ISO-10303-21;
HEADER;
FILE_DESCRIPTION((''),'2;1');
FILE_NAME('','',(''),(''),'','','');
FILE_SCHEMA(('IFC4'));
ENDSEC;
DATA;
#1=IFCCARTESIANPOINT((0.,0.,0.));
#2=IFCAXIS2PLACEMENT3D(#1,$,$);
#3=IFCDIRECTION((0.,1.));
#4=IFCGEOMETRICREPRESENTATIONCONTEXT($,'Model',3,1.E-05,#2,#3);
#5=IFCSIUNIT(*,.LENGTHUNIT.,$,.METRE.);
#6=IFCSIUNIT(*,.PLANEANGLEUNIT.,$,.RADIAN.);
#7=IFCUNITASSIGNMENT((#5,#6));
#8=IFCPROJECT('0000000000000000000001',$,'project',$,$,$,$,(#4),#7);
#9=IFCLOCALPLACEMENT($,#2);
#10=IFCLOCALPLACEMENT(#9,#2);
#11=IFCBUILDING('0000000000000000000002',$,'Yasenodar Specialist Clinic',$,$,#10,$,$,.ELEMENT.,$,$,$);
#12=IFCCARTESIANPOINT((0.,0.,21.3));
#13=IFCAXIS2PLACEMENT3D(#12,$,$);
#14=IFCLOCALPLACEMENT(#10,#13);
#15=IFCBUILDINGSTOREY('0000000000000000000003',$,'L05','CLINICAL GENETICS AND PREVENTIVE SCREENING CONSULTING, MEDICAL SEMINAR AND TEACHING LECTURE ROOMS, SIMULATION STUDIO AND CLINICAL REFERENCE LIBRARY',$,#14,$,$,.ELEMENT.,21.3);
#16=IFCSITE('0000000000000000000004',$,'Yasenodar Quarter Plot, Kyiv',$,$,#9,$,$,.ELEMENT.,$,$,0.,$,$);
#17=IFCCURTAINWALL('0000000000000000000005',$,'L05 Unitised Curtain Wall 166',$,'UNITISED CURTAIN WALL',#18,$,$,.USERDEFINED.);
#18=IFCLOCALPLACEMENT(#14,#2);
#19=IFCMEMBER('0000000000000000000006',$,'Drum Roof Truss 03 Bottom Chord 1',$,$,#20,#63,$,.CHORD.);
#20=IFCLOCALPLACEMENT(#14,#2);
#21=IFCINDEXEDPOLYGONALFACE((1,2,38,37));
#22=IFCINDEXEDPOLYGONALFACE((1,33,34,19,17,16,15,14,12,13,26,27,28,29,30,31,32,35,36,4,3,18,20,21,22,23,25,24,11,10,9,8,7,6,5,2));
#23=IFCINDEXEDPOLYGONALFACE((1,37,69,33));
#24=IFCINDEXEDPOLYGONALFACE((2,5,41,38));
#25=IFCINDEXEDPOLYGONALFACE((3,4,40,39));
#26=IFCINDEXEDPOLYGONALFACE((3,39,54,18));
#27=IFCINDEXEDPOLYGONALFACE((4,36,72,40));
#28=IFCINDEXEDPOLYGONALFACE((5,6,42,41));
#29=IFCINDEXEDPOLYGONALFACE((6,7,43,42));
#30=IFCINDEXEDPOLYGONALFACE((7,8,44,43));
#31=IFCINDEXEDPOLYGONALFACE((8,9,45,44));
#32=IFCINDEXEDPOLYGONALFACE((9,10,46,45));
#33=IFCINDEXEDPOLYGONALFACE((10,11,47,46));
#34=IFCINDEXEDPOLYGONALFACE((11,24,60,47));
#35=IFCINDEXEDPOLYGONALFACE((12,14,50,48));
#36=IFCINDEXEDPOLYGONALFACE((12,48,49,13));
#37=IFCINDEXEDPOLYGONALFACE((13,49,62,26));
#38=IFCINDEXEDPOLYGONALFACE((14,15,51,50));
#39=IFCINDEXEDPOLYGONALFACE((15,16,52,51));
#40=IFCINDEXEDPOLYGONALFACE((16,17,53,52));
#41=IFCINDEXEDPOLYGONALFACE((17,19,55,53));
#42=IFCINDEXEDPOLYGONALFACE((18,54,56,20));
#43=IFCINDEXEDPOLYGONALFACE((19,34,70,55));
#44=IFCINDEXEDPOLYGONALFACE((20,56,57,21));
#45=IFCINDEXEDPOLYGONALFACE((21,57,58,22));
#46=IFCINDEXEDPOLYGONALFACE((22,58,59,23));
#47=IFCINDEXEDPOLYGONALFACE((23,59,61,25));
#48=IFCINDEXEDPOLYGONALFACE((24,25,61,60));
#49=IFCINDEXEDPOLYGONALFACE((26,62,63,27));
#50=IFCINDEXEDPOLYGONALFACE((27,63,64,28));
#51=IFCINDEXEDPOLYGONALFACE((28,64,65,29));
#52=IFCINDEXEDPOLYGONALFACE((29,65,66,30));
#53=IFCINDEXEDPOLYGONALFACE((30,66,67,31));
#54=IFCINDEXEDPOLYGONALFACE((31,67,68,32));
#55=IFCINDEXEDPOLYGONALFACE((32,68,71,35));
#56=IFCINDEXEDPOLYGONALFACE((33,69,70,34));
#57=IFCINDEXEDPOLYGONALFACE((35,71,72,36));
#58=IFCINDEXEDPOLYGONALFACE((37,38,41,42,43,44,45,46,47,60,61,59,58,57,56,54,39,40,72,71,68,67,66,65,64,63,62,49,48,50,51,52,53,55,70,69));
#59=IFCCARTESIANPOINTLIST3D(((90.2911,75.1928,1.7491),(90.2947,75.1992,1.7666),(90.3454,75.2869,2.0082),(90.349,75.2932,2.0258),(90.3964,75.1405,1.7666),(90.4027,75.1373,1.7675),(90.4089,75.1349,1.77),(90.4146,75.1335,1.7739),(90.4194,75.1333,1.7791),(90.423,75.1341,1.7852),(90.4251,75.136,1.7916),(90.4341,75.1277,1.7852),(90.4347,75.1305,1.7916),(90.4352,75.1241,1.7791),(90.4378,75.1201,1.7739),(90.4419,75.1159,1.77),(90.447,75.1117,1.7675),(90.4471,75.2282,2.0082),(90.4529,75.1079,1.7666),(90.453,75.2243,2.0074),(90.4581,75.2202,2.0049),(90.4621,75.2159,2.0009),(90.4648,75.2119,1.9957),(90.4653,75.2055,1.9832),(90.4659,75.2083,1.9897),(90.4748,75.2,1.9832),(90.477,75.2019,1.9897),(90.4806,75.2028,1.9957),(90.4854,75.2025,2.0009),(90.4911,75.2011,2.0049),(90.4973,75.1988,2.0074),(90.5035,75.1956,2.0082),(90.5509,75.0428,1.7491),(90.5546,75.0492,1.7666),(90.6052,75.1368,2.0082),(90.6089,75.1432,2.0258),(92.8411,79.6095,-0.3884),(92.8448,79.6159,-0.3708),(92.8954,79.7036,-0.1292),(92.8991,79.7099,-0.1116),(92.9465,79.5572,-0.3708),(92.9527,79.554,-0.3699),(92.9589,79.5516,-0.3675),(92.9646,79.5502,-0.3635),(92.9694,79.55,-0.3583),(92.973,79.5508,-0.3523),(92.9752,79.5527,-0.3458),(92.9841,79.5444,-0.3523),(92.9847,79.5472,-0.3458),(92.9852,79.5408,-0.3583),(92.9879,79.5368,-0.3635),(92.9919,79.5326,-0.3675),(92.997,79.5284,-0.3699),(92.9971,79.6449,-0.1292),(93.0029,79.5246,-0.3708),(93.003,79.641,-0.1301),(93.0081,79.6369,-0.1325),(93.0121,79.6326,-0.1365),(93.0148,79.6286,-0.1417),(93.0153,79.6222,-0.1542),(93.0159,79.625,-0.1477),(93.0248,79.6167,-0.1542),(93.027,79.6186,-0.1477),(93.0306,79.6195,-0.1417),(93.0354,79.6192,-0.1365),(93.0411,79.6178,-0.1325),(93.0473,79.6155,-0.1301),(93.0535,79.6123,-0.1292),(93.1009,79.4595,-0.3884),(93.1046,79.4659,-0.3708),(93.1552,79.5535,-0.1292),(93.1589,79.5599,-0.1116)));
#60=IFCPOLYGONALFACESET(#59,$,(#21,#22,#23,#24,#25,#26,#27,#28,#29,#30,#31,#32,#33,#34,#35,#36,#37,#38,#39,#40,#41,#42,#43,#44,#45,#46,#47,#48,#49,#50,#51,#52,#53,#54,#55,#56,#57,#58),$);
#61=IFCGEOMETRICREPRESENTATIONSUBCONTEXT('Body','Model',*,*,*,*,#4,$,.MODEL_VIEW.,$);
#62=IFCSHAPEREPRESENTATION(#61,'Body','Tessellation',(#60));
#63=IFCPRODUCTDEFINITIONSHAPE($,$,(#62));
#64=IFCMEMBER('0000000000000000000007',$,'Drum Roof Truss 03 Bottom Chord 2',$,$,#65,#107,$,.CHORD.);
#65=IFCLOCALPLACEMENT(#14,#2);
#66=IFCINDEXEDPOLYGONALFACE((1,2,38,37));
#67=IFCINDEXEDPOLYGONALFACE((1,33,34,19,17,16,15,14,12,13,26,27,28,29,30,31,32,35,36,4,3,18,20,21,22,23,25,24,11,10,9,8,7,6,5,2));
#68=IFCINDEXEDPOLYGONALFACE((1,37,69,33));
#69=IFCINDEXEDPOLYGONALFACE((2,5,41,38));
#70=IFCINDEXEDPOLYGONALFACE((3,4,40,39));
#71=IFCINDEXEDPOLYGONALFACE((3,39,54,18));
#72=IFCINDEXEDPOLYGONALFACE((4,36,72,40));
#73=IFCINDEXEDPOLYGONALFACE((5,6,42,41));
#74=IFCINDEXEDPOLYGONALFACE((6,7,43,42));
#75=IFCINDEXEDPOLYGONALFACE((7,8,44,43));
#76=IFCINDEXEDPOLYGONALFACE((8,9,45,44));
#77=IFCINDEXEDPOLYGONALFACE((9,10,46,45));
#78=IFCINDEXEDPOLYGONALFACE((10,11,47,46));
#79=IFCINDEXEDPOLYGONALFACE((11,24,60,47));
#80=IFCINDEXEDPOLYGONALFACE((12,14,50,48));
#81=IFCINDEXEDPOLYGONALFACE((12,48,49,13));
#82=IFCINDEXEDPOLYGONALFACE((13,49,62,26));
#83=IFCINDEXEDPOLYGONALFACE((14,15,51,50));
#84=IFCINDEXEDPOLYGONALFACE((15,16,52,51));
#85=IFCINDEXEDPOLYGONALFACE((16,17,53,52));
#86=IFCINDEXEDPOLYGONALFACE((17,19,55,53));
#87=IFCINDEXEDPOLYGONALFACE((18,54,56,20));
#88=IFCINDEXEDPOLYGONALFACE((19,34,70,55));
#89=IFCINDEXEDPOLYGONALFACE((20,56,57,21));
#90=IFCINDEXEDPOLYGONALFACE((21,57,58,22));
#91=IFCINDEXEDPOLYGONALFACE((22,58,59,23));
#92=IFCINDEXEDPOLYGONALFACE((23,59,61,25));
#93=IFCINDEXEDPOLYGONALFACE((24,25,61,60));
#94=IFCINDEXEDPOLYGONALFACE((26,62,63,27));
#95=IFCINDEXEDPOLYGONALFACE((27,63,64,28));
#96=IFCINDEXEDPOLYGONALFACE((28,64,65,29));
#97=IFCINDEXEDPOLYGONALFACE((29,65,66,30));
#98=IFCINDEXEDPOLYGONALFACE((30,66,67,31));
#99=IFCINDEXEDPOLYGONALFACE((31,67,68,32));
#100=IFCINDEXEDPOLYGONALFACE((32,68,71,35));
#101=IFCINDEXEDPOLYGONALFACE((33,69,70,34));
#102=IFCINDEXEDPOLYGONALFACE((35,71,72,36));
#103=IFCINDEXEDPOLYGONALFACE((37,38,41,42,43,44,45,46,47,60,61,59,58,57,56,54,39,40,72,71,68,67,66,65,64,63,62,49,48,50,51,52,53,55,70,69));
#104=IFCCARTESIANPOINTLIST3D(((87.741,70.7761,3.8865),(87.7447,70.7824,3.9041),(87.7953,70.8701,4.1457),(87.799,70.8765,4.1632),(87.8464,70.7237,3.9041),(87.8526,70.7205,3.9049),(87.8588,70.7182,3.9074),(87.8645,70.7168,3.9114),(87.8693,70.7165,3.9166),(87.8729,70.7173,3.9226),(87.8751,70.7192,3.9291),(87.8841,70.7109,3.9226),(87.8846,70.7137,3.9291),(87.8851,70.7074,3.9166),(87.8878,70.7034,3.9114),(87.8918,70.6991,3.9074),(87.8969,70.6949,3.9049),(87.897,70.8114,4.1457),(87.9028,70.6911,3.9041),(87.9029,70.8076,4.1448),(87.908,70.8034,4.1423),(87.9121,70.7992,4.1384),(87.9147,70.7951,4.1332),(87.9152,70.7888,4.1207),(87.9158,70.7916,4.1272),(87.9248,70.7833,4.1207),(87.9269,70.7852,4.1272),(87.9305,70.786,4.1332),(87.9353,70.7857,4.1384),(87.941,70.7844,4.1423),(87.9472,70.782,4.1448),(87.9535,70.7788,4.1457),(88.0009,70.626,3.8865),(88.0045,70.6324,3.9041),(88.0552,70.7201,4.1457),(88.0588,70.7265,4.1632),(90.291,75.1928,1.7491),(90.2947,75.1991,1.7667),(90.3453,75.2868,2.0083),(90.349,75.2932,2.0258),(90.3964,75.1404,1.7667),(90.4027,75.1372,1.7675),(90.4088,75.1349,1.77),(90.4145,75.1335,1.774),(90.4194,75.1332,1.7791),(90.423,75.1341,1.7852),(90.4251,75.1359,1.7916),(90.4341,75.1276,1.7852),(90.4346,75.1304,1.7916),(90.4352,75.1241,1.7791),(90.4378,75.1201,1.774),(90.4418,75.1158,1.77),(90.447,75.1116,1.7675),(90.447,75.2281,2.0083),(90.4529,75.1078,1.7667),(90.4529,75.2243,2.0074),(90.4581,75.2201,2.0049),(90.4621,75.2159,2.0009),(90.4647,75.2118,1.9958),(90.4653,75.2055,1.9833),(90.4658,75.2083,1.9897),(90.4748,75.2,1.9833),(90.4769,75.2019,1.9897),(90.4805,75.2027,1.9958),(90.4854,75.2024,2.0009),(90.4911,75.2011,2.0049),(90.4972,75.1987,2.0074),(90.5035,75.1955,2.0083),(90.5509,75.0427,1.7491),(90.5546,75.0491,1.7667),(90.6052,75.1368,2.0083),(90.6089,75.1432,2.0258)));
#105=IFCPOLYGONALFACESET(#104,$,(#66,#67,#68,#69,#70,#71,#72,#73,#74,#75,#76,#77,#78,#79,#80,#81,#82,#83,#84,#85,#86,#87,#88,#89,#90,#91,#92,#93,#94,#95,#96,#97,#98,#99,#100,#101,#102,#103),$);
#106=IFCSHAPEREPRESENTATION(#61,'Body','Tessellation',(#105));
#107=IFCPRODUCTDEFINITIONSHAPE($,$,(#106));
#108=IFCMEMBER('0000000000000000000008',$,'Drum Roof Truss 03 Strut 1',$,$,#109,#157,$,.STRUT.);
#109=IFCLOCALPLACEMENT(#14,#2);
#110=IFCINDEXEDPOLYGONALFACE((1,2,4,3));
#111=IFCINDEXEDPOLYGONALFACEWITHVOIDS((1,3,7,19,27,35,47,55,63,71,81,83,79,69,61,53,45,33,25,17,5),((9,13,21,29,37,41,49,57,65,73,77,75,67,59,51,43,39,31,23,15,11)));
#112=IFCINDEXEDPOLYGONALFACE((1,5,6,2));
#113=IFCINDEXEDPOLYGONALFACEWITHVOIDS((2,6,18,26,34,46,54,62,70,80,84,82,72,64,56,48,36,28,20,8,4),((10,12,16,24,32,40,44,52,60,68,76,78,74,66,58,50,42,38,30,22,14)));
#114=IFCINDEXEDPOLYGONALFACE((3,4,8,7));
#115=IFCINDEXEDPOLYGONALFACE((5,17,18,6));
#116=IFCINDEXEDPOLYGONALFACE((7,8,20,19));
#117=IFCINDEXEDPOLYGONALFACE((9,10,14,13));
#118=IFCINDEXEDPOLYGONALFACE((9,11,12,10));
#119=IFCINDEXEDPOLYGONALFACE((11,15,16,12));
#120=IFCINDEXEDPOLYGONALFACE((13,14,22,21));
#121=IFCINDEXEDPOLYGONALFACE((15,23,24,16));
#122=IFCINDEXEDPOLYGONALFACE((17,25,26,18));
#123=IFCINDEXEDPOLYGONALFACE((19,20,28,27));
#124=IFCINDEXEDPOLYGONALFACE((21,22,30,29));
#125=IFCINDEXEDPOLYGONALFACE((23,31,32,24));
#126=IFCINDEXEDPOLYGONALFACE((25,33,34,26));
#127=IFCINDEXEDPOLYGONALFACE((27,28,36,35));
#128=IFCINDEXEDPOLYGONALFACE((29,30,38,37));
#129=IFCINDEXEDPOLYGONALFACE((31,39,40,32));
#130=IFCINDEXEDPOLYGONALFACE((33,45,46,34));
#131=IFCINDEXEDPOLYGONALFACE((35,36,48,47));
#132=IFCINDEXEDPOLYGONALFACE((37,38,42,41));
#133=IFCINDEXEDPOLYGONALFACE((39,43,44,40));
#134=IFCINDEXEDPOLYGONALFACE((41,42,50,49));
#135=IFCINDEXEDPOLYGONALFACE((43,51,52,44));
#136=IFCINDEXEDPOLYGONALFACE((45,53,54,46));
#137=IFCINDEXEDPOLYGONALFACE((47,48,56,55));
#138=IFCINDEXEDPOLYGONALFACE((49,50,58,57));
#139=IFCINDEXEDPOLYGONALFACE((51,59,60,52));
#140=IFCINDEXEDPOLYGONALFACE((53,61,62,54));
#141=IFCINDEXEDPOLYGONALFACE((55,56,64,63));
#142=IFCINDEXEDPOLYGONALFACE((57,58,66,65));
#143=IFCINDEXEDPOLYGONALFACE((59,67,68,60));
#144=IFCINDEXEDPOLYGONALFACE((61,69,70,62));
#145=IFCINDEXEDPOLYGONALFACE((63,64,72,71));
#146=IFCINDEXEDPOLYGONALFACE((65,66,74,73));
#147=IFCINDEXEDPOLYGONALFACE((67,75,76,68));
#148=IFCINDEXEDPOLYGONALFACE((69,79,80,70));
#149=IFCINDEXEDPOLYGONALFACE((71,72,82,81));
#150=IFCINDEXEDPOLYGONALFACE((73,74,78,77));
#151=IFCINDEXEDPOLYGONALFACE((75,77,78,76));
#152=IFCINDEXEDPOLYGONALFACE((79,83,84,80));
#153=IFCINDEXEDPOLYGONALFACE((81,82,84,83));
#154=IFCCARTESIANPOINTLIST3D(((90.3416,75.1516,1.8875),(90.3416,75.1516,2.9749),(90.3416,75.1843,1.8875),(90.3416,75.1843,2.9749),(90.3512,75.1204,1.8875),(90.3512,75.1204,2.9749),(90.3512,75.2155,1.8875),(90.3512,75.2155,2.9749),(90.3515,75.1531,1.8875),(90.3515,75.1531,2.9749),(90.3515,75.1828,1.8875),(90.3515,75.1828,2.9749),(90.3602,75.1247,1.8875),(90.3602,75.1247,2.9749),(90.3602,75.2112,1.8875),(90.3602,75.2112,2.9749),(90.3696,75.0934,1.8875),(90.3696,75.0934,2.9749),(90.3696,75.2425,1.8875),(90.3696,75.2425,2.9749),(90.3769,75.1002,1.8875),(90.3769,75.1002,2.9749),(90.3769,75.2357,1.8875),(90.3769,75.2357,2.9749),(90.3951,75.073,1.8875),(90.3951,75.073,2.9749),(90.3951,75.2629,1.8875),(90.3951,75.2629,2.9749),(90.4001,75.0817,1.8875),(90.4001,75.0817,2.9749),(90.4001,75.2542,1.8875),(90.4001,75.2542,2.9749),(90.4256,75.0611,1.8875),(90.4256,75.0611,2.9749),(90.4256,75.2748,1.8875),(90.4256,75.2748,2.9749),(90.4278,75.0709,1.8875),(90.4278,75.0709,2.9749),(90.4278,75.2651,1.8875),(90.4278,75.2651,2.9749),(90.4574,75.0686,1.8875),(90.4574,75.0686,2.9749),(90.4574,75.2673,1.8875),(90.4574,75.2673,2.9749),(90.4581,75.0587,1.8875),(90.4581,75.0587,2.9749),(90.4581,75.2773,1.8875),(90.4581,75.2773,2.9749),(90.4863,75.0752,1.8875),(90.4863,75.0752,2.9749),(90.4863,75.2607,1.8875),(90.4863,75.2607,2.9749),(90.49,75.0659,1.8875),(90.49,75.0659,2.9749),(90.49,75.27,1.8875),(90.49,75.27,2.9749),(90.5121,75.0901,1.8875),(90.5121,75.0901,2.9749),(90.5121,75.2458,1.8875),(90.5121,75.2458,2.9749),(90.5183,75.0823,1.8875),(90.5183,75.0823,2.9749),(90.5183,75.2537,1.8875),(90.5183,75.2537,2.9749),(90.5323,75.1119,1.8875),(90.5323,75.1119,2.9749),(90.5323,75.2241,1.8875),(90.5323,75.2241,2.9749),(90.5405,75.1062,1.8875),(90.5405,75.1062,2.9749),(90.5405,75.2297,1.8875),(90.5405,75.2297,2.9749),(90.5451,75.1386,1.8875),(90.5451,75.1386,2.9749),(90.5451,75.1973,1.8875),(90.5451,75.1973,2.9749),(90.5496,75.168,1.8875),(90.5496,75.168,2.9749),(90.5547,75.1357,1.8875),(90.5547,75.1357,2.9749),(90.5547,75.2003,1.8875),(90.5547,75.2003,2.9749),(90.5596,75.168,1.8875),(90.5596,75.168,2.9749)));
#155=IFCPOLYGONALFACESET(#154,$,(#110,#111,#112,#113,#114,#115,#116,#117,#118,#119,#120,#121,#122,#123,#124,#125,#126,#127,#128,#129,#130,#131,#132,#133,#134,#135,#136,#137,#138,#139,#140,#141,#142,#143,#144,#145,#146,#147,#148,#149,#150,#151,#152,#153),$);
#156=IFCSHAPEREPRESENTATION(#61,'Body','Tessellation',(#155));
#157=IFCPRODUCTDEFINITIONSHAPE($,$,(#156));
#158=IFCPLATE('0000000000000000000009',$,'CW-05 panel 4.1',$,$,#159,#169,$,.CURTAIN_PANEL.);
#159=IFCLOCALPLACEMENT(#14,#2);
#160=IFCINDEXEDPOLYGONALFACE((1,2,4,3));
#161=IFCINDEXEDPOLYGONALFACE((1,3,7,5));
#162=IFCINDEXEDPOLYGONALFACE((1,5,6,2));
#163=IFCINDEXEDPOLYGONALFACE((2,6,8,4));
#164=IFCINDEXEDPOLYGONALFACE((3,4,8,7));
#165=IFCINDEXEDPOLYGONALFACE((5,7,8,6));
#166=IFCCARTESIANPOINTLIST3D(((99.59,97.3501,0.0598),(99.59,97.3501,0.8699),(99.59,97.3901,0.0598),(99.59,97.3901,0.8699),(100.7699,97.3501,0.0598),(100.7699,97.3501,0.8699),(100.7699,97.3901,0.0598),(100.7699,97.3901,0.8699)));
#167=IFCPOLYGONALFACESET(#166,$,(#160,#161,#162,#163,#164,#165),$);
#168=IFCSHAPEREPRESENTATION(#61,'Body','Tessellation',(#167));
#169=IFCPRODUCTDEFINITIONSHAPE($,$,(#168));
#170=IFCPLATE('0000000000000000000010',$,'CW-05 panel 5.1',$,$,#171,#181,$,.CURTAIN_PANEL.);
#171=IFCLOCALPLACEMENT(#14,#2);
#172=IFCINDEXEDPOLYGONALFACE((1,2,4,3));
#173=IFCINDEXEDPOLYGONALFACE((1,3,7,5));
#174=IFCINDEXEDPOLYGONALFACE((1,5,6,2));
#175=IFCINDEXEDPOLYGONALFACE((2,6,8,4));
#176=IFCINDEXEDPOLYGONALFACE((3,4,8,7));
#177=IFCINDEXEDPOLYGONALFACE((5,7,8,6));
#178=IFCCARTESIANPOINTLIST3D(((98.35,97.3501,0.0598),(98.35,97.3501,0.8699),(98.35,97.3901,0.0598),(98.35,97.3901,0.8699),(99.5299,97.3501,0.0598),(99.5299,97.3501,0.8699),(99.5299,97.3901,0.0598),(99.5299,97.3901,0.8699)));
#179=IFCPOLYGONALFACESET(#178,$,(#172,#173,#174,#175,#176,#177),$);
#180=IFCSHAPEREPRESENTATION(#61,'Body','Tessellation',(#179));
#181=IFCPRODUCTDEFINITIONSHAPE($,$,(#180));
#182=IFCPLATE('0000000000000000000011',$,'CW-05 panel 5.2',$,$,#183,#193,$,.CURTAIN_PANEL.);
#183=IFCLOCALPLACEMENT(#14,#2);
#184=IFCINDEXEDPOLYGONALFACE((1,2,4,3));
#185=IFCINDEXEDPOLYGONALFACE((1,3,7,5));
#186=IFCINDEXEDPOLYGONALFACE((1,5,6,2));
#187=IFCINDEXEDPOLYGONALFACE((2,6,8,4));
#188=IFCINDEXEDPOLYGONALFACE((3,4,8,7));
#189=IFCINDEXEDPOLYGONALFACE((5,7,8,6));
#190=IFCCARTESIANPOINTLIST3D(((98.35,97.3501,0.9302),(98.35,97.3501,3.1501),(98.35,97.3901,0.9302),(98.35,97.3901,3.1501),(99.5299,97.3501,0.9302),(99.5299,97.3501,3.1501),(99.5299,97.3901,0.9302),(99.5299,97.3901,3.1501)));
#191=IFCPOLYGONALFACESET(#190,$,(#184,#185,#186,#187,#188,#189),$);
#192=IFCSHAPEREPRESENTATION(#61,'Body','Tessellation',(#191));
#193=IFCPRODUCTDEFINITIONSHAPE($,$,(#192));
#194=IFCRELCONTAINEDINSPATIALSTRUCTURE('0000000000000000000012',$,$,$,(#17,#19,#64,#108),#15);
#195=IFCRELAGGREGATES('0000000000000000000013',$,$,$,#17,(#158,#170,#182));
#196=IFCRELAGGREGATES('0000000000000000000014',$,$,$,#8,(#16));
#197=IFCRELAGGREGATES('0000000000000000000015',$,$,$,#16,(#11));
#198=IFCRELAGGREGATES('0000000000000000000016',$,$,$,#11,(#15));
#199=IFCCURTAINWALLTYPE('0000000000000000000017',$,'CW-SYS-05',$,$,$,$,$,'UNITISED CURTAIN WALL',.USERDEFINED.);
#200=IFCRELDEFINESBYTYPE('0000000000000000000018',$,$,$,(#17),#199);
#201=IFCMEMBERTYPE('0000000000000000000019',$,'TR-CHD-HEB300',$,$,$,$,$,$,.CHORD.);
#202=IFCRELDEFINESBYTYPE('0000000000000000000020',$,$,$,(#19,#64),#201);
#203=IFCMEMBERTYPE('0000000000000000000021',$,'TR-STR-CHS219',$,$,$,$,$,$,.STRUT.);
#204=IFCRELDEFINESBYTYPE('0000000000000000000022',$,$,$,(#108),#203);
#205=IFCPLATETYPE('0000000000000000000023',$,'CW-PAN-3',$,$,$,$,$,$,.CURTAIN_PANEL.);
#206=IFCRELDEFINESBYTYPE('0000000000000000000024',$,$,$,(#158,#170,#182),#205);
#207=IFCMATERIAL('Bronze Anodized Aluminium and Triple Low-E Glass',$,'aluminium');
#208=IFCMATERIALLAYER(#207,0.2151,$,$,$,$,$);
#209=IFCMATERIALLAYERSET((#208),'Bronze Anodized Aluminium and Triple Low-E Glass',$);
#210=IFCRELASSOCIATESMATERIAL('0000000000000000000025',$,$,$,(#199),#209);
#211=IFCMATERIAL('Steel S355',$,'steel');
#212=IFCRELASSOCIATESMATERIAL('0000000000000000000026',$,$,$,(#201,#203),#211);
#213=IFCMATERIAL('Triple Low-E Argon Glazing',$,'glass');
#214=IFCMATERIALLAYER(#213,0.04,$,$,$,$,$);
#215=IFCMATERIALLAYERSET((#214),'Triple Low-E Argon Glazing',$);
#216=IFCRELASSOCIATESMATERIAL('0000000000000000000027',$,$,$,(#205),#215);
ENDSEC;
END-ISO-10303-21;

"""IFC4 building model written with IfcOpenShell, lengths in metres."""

from ifc_helpers import new_model, si_unit, direction, frame, origin, origin_2d, place, context, subcontext, project, spatial, rectangle, hollow_circle, i_section, extrude, material, layer, layer_set, material_profile, profile_set, type_object, element, aggregate, save


model = new_model("IFC4")

# Units and contexts
model_context = context("Model", 3, precision=1e-05, world=origin(), true_north=direction((0.0, 1.0)))
body_context = subcontext(model_context, "Body", "Model", "MODEL_VIEW")
ifc_project = project(units=[si_unit("LENGTHUNIT", "METRE"), si_unit("PLANEANGLEUNIT", "RADIAN")], contexts=[model_context])

# Site, building, storey
site_placement = place(None, origin())
site = spatial("IfcSite", under=ifc_project, at=site_placement, Name="Yasenodar Quarter Plot, Kyiv", CompositionType="ELEMENT", RefElevation=0.0)
building_placement = place(site_placement, origin())
building = spatial("IfcBuilding", under=site, at=building_placement, Name="Yasenodar Specialist Clinic", CompositionType="ELEMENT")
storey_placement = place(building_placement, frame((0.0, 0.0, 21.3)))
storey = spatial("IfcBuildingStorey", under=building, at=storey_placement, Name="L05", Description="CLINICAL GENETICS AND PREVENTIVE SCREENING CONSULTING, MEDICAL SEMINAR AND TEACHING LECTURE ROOMS, SIMULATION STUDIO AND CLINICAL REFERENCE LIBRARY", CompositionType="ELEMENT", Elevation=21.3)

# Curtain wall
ifc_material_1 = material(Name="Bronze Anodized Aluminium and Triple Low-E Glass", Category="aluminium")
ifc_layer_1 = layer(ifc_material_1, 0.2151)
ifc_layer_set_1 = layer_set([ifc_layer_1], Name="Bronze Anodized Aluminium and Triple Low-E Glass")
curtain_wall_type = type_object("IfcCurtainWallType", Name="CW-SYS-05", ElementType="UNITISED CURTAIN WALL", PredefinedType="USERDEFINED", material=ifc_layer_set_1)
curtain_wall_placement = place(storey_placement, origin())
curtain_wall = element("IfcCurtainWall", 1, at=curtain_wall_placement, inside=storey, type_object=curtain_wall_type, Name="L05 Unitised Curtain Wall 166", ObjectType="UNITISED CURTAIN WALL", PredefinedType="USERDEFINED")

# Members
ifc_material_2 = material(Name="Steel S355", Category="steel")
ifc_material_profile_1 = material_profile(ifc_material_2, i_section(OverallWidth=0.3, OverallDepth=0.3, WebThickness=0.011, FlangeThickness=0.019, FilletRadius=0.0271, at=origin_2d()), Name="HEB 300")
ifc_profile_set_1 = profile_set([ifc_material_profile_1], Name="Steel S355")
member_type_1 = type_object("IfcMemberType", Name="TR-CHD-HEB300", PredefinedType="CHORD", material=ifc_profile_set_1)
for number, where, z_axis, x_axis, name in (
    (2, (93.0, 79.5847, -0.25), (-0.461143, -0.798712, 0.386531), (0.866022, -0.500006, 0.0), "Drum Roof Truss 03 Bottom Chord 1"),
    (3, (90.45, 75.168, 1.8875), (-0.461143, -0.798712, 0.386531), (0.866022, -0.500006, 0.0), "Drum Roof Truss 03 Bottom Chord 2"),
):
    element("IfcMember", number, at=place(storey_placement, frame(where, z_axis=z_axis, x_axis=x_axis)), inside=storey, type_object=member_type_1, Name=name, PredefinedType="CHORD", context=body_context, shape_type="SweptSolid", body=[
        extrude(i_section(OverallWidth=0.3, OverallDepth=0.3, WebThickness=0.011, FlangeThickness=0.019, FilletRadius=0.0271, at=origin_2d()), origin(), (0.0, 0.0, 1.0), 5.5298),
    ])
ifc_material_profile_2 = material_profile(ifc_material_2, hollow_circle(Radius=0.1096, WallThickness=0.01, at=origin_2d()), Name="CHS 219.1x10")
ifc_profile_set_2 = profile_set([ifc_material_profile_2], Name="Steel S355")
member_type_2 = type_object("IfcMemberType", Name="TR-STR-CHS219", PredefinedType="STRUT", material=ifc_profile_set_2)
member_1_placement = place(storey_placement, frame((90.45, 75.168, 1.8875), z_axis=(0.0, 0.0, 1.0), x_axis=(1.0, 0.0, 0.0)))
element("IfcMember", 4, at=member_1_placement, inside=storey, type_object=member_type_2, Name="Drum Roof Truss 03 Strut 1", PredefinedType="STRUT", context=body_context, shape_type="SweptSolid", body=[
    extrude(hollow_circle(Radius=0.1096, WallThickness=0.01, at=origin_2d()), origin(), (0.0, 0.0, 1.0), 1.0874),
])

# Plates
ifc_material_3 = material(Name="Triple Low-E Argon Glazing", Category="glass")
ifc_layer_2 = layer(ifc_material_3, 0.04)
ifc_layer_set_2 = layer_set([ifc_layer_2], Name="Triple Low-E Argon Glazing")
plate_type_1 = type_object("IfcPlateType", Name="CW-PAN-3", PredefinedType="CURTAIN_PANEL", material=ifc_layer_set_2)
plate_1_placement = place(storey_placement, frame((100.1799, 97.3701, 0.0598), z_axis=(0.0, 0.0, 1.0), x_axis=(-1.0, 0.0, 0.0)))
plate_1 = element("IfcPlate", 5, at=plate_1_placement, type_object=plate_type_1, Name="CW-05 panel 4.1", PredefinedType="CURTAIN_PANEL", context=body_context, shape_type="SweptSolid", body=[
    extrude(rectangle(XDim=1.1799, YDim=0.04, at=origin_2d()), origin(), (0.0, 0.0, 1.0), 0.8101),
])
plate_2_placement = place(storey_placement, frame((98.9399, 97.3701, 0.0598), z_axis=(0.0, 0.0, 1.0), x_axis=(-1.0, 0.0, 0.0)))
plate_2 = element("IfcPlate", 6, at=plate_2_placement, type_object=plate_type_1, Name="CW-05 panel 5.1", PredefinedType="CURTAIN_PANEL", context=body_context, shape_type="SweptSolid", body=[
    extrude(rectangle(XDim=1.1799, YDim=0.04, at=origin_2d()), origin(), (0.0, 0.0, 1.0), 0.8101),
])
plate_3_placement = place(storey_placement, frame((98.9399, 97.3701, 0.9302), z_axis=(0.0, 0.0, 1.0), x_axis=(-1.0, 0.0, 0.0)))
plate_3 = element("IfcPlate", 7, at=plate_3_placement, type_object=plate_type_1, Name="CW-05 panel 5.2", PredefinedType="CURTAIN_PANEL", context=body_context, shape_type="SweptSolid", body=[
    extrude(rectangle(XDim=1.1799, YDim=0.04, at=origin_2d()), origin(), (0.0, 0.0, 1.0), 2.22),
])
aggregate(curtain_wall, [plate_1, plate_2, plate_3])

save(model, "model.ifc")
